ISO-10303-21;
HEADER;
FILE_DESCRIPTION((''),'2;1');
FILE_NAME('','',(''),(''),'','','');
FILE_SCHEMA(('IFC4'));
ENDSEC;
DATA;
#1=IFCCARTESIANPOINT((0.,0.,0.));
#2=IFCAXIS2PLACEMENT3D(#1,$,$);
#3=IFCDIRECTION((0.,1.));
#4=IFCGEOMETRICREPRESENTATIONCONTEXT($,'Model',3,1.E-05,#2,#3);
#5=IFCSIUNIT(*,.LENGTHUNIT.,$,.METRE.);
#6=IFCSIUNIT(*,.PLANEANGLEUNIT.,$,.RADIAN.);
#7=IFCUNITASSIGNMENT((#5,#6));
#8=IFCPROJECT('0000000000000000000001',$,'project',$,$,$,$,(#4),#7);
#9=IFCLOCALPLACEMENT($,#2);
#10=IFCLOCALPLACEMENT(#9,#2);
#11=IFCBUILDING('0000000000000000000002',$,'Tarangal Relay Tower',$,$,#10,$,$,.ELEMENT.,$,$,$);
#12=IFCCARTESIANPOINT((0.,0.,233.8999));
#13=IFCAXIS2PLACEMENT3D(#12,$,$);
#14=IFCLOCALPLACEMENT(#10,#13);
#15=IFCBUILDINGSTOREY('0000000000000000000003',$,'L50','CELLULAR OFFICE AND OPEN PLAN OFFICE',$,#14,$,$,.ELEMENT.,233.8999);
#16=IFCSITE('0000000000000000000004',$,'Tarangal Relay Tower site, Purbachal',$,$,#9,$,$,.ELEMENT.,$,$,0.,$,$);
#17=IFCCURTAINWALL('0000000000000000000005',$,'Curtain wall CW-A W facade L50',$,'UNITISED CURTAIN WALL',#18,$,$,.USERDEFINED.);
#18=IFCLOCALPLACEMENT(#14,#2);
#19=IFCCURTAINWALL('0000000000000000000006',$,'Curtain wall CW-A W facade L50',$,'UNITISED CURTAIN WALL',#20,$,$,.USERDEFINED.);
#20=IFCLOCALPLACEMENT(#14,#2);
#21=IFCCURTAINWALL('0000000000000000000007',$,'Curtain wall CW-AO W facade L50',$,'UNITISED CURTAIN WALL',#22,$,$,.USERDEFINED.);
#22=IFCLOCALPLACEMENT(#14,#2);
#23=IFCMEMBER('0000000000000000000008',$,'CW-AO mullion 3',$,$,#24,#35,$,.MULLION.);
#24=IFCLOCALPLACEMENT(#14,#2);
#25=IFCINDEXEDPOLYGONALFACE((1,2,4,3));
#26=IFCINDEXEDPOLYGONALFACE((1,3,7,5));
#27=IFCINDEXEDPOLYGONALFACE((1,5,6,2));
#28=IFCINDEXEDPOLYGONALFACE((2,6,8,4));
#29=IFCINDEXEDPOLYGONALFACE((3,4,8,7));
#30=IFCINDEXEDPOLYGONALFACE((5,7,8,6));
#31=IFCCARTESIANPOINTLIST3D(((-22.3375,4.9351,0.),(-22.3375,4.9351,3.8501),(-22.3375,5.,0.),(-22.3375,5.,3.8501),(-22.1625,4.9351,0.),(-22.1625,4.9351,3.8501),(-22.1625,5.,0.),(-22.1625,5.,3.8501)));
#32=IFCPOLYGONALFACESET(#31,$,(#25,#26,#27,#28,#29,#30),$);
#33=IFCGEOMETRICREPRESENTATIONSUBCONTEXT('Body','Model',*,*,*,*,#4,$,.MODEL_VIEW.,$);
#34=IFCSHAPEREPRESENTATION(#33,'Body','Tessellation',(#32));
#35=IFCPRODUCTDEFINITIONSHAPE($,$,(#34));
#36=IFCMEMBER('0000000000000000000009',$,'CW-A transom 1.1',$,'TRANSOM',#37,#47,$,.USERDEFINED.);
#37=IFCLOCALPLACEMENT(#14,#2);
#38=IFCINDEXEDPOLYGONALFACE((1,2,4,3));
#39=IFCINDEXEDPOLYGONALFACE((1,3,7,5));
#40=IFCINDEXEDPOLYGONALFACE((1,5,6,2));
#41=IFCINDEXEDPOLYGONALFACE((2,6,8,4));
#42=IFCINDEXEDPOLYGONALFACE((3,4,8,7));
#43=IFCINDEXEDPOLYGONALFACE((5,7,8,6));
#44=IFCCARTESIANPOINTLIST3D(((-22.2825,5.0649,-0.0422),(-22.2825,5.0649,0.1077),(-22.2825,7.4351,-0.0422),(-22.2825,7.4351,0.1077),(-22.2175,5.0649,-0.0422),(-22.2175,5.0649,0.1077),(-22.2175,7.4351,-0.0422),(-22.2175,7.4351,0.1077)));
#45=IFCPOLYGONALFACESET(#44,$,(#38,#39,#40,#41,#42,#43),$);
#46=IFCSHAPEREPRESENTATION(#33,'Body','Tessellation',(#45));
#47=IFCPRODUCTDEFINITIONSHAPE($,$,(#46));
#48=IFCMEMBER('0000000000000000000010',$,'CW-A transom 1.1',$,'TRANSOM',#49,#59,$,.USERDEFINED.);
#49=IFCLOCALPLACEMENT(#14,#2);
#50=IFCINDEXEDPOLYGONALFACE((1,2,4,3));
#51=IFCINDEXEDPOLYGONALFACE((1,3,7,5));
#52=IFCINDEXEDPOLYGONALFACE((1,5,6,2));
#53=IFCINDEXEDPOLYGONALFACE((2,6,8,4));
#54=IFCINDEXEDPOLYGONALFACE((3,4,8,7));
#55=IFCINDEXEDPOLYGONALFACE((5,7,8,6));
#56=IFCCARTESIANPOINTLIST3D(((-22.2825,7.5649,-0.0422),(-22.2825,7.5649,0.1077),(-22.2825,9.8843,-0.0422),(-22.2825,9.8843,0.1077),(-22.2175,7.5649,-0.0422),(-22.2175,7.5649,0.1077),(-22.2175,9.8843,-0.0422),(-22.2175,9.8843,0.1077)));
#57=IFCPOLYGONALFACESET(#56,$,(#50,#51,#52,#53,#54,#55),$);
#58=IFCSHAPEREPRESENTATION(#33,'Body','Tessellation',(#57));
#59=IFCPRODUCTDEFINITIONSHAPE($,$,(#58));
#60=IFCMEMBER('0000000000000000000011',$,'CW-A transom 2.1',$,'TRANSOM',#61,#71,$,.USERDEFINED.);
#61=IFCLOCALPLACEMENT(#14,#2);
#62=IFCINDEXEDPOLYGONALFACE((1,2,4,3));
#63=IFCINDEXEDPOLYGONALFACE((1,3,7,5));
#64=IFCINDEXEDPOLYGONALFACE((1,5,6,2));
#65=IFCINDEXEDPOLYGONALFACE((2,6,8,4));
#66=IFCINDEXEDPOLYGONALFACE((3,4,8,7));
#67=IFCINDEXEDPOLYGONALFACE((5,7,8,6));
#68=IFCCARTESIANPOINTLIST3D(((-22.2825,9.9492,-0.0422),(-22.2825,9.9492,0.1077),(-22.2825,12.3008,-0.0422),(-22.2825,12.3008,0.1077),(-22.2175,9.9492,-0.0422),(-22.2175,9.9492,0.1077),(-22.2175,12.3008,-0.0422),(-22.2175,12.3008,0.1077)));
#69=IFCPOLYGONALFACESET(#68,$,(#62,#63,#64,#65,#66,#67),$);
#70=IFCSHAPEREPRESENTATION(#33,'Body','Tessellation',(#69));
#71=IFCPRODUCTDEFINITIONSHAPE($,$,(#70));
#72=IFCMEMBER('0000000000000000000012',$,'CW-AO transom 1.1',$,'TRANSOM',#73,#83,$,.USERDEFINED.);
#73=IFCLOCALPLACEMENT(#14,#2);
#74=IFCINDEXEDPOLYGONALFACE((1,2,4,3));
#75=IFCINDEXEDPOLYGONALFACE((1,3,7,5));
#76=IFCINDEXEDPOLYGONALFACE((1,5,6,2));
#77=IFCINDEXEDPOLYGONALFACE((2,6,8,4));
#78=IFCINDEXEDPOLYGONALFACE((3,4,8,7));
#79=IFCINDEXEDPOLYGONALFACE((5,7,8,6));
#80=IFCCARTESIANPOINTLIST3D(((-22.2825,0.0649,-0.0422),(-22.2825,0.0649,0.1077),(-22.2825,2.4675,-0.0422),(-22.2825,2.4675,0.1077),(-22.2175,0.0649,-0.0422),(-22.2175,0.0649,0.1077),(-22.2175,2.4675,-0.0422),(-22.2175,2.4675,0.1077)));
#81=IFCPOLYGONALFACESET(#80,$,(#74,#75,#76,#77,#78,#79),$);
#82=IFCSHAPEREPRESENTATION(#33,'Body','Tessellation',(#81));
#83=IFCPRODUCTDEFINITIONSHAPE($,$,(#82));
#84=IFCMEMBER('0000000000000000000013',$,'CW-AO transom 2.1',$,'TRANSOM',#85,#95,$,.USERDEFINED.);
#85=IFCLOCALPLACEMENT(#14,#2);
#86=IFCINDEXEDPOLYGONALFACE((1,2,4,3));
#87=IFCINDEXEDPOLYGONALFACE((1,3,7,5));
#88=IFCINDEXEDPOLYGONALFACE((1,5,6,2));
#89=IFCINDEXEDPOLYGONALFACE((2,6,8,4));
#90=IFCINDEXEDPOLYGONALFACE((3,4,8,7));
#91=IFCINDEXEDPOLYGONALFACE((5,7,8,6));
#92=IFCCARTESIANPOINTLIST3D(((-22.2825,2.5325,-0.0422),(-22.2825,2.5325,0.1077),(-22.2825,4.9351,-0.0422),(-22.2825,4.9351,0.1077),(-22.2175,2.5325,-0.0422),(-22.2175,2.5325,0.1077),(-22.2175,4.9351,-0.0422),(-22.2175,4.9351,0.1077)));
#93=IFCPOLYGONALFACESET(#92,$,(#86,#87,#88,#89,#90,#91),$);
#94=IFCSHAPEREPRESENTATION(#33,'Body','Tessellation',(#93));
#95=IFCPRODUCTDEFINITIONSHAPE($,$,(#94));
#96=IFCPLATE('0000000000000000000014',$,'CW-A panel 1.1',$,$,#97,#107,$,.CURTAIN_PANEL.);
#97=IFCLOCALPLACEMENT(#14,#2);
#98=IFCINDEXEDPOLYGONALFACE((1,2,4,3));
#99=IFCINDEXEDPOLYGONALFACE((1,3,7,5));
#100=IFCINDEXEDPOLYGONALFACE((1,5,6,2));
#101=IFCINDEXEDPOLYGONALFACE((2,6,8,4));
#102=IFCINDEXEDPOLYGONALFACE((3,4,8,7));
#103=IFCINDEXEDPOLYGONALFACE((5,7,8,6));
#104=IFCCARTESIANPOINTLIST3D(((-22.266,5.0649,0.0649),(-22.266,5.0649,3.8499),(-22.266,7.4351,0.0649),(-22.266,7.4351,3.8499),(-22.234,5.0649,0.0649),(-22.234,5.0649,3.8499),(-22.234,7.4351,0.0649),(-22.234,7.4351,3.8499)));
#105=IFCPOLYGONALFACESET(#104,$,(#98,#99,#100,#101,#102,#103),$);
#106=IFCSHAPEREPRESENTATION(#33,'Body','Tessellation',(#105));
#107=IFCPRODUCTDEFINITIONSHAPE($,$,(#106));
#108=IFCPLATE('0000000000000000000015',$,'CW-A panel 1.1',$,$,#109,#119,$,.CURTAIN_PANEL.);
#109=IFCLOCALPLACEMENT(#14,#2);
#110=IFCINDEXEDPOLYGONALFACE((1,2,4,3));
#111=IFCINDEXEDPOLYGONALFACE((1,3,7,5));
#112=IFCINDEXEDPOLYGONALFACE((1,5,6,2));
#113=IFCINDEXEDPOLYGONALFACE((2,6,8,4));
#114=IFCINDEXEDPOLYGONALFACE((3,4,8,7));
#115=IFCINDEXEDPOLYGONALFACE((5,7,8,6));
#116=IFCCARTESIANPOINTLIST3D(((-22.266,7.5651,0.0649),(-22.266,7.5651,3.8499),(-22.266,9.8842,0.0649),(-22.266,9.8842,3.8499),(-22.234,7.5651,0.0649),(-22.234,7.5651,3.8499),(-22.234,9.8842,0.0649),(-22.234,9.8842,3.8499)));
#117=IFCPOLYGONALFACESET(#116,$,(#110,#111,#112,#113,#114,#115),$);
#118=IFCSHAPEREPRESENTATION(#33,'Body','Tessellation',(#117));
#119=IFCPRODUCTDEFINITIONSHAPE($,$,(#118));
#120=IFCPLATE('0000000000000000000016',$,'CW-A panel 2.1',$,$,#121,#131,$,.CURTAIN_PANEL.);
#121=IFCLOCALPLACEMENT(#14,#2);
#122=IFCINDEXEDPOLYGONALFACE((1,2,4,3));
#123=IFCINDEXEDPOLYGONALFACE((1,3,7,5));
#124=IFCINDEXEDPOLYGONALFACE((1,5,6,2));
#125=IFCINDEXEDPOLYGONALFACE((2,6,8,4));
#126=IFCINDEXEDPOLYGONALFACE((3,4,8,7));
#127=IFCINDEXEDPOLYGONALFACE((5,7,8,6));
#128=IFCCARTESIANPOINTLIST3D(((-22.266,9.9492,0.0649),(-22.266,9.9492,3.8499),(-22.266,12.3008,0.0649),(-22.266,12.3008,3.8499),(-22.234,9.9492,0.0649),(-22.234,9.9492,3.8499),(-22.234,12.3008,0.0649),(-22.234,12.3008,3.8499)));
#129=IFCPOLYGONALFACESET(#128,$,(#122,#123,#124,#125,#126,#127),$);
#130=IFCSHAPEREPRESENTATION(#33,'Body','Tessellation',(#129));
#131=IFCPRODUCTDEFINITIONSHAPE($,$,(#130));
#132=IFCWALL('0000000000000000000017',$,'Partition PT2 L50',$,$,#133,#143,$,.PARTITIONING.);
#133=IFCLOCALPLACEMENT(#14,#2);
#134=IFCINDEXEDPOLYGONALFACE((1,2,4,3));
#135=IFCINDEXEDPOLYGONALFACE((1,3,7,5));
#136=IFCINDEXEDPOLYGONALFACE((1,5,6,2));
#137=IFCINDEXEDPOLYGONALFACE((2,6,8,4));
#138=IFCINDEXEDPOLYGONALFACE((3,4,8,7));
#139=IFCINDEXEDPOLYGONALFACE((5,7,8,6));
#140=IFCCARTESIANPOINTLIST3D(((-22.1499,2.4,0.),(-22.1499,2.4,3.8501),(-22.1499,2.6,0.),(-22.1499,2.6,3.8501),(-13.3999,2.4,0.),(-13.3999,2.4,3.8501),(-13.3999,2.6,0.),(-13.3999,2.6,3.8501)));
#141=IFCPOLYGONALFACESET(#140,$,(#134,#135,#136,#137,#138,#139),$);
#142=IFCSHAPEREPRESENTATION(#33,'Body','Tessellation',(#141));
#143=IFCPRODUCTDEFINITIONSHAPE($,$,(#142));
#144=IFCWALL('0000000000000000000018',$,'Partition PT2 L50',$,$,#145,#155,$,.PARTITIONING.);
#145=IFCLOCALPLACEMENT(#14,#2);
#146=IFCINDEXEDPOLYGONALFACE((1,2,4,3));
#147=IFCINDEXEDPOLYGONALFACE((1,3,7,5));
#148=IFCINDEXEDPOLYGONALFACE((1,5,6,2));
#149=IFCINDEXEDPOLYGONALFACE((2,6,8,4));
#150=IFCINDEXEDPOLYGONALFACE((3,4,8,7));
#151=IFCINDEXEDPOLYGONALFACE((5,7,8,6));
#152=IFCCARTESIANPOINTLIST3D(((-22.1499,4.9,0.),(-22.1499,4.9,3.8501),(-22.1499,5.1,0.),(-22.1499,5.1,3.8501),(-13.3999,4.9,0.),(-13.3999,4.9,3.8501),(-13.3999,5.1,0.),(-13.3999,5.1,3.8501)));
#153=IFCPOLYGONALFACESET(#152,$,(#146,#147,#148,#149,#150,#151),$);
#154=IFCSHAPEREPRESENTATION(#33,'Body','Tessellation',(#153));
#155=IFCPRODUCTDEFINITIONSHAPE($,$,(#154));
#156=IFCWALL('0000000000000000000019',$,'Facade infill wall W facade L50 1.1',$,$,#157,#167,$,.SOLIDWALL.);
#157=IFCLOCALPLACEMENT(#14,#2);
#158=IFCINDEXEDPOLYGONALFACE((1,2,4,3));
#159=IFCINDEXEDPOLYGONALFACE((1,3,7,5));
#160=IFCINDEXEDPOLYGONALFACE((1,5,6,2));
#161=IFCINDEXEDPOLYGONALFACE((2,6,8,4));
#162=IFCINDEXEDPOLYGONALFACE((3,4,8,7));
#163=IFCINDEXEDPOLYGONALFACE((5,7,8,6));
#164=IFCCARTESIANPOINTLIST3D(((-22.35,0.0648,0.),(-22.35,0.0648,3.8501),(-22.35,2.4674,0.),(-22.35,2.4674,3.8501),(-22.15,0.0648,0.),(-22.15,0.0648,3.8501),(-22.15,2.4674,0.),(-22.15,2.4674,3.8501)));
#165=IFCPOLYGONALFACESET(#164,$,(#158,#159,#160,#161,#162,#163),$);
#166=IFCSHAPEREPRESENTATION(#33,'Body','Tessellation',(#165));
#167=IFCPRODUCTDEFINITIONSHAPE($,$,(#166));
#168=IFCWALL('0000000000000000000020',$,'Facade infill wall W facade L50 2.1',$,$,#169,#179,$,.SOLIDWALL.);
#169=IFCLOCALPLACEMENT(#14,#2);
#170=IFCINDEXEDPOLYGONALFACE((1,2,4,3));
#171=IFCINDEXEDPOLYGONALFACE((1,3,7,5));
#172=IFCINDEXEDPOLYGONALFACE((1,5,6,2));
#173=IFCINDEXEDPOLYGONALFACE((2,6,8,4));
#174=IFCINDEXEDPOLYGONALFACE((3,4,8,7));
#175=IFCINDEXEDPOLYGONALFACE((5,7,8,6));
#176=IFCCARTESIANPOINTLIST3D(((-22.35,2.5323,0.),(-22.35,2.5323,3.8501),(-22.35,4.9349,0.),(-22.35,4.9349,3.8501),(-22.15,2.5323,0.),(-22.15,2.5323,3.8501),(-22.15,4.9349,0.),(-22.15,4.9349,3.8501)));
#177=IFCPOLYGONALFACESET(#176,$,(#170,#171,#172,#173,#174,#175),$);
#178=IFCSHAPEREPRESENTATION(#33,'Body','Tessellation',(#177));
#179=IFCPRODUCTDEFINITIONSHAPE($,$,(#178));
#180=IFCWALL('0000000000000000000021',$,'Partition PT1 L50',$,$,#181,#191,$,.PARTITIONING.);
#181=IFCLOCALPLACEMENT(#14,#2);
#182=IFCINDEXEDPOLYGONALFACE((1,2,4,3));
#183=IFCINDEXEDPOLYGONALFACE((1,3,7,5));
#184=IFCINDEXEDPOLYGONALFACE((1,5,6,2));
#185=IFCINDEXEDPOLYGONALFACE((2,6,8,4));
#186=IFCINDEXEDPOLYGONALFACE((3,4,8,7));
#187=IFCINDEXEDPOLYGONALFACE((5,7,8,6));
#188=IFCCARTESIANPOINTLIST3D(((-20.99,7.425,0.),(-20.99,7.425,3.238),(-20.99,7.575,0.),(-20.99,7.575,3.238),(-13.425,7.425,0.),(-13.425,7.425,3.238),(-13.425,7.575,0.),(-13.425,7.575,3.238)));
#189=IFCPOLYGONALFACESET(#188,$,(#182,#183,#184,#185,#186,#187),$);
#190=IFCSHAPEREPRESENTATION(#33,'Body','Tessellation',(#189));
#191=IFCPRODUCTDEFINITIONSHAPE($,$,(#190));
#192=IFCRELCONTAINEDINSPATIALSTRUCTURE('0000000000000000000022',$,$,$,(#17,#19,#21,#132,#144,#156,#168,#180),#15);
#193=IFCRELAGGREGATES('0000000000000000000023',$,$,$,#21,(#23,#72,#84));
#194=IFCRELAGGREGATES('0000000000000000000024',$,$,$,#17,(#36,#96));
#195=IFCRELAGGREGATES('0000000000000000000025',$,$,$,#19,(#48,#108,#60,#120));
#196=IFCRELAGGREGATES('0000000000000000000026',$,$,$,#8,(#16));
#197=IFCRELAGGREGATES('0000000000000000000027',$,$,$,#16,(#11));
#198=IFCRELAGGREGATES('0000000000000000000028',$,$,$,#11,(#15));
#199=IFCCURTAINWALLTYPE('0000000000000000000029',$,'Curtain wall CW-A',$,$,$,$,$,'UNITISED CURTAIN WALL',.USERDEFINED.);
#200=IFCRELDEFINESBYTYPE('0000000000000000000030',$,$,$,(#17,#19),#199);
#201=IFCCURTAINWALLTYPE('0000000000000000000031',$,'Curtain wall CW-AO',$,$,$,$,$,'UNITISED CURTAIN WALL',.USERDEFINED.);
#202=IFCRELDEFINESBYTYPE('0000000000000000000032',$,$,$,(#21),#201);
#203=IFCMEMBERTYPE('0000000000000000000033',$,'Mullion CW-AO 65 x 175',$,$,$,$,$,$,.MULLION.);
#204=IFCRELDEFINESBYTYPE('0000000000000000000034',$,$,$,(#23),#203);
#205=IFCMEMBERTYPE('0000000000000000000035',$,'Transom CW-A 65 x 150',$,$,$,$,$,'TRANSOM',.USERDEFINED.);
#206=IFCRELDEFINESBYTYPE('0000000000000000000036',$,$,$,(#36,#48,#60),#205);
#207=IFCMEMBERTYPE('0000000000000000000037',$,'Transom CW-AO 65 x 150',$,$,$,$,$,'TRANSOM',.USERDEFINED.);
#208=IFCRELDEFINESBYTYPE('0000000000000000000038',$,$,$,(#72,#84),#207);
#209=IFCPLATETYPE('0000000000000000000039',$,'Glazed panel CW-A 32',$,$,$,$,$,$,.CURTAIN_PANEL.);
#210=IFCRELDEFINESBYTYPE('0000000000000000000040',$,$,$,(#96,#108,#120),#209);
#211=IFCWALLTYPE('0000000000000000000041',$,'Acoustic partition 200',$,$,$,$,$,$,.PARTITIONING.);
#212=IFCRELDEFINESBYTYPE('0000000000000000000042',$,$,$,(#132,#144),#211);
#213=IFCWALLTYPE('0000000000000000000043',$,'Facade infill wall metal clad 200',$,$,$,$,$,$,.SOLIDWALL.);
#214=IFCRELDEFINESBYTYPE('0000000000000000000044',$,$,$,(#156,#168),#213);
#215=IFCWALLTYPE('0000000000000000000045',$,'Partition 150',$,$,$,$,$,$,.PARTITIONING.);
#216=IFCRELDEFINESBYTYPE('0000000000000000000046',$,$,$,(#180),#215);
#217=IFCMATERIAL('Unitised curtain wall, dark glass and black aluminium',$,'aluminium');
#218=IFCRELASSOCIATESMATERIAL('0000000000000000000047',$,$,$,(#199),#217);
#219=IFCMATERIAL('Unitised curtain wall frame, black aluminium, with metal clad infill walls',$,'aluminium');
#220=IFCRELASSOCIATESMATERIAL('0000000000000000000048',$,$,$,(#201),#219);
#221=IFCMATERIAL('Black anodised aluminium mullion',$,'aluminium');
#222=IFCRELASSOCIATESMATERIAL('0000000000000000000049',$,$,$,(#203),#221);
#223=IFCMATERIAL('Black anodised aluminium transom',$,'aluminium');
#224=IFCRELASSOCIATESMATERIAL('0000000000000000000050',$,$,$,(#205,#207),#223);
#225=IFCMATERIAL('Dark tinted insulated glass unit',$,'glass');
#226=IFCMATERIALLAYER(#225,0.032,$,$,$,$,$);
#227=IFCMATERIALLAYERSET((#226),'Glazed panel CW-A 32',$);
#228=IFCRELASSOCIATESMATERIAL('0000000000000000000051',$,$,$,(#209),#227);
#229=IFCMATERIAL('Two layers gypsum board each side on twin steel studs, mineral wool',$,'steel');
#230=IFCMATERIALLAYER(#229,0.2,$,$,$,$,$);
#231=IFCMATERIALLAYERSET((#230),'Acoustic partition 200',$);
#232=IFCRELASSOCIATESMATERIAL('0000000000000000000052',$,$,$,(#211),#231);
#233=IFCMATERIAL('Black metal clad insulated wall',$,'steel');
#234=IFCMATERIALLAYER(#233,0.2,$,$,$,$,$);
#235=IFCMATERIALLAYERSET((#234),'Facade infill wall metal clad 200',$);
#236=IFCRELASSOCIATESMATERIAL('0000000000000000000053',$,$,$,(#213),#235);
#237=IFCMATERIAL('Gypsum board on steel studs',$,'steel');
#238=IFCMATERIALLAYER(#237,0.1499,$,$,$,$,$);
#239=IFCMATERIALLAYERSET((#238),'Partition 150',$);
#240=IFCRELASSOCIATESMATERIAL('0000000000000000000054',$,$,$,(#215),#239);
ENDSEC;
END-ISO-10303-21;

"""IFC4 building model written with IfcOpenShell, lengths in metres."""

from ifc_helpers import new_model, si_unit, direction, frame, frame_2d, origin, origin_2d, place, context, subcontext, project, spatial, rectangle, extrude, material, layer, layer_set, material_profile, profile_set, type_object, element, aggregate, save


model = new_model("IFC4")

# Units and contexts
model_context = context("Model", 3, precision=1e-05, world=origin(), true_north=direction((0.0, 1.0)))
body_context = subcontext(model_context, "Body", "Model", "MODEL_VIEW")
ifc_project = project(units=[si_unit("LENGTHUNIT", "METRE"), si_unit("PLANEANGLEUNIT", "RADIAN")], contexts=[model_context])

# Site, building, storey
site_placement = place(None, origin())
site = spatial("IfcSite", under=ifc_project, at=site_placement, Name="Tarangal Relay Tower site, Purbachal", CompositionType="ELEMENT", RefElevation=0.0)
building_placement = place(site_placement, origin())
building = spatial("IfcBuilding", under=site, at=building_placement, Name="Tarangal Relay Tower", CompositionType="ELEMENT")
storey_placement = place(building_placement, frame((0.0, 0.0, 233.8999)))
storey = spatial("IfcBuildingStorey", under=building, at=storey_placement, Name="L50", Description="CELLULAR OFFICE AND OPEN PLAN OFFICE", CompositionType="ELEMENT", Elevation=233.8999)

# Curtain walls, member
ifc_material_1 = material(Name="Unitised curtain wall, dark glass and black aluminium", Category="aluminium")
curtain_wall_type_1 = type_object("IfcCurtainWallType", Name="Curtain wall CW-A", ElementType="UNITISED CURTAIN WALL", PredefinedType="USERDEFINED", material=ifc_material_1)
curtain_wall_1_placement = place(storey_placement, origin())
curtain_wall_1 = element("IfcCurtainWall", 1, at=curtain_wall_1_placement, inside=storey, type_object=curtain_wall_type_1, Name="Curtain wall CW-A W facade L50", ObjectType="UNITISED CURTAIN WALL", PredefinedType="USERDEFINED")
ifc_material_2 = material(Name="Black anodised aluminium mullion", Category="aluminium")
curtain_wall_2_placement = place(storey_placement, origin())
curtain_wall_2 = element("IfcCurtainWall", 2, at=curtain_wall_2_placement, inside=storey, type_object=curtain_wall_type_1, Name="Curtain wall CW-A W facade L50", ObjectType="UNITISED CURTAIN WALL", PredefinedType="USERDEFINED")
ifc_material_3 = material(Name="Unitised curtain wall frame, black aluminium, with metal clad infill walls", Category="aluminium")
curtain_wall_type_2 = type_object("IfcCurtainWallType", Name="Curtain wall CW-AO", ElementType="UNITISED CURTAIN WALL", PredefinedType="USERDEFINED", material=ifc_material_3)
curtain_wall_3_placement = place(storey_placement, origin())
curtain_wall_3 = element("IfcCurtainWall", 3, at=curtain_wall_3_placement, inside=storey, type_object=curtain_wall_type_2, Name="Curtain wall CW-AO W facade L50", ObjectType="UNITISED CURTAIN WALL", PredefinedType="USERDEFINED")
ifc_material_profile_1 = material_profile(ifc_material_2, rectangle(XDim=0.175, YDim=0.0649, at=origin_2d()), Name="CW-AOM 65X175")
ifc_profile_set_1 = profile_set([ifc_material_profile_1], Name="Black anodised aluminium mullion")
member_type_1 = type_object("IfcMemberType", Name="Mullion CW-AO 65 x 175", PredefinedType="MULLION", material=ifc_profile_set_1)
member_1_placement = place(storey_placement, frame((-22.25, 4.9675, 0.0), z_axis=(0.0, 0.0, 1.0), x_axis=(-1.0, 0.0, 0.0)))
member_1 = element("IfcMember", 4, at=member_1_placement, type_object=member_type_1, Name="CW-AO mullion 3", PredefinedType="MULLION", context=body_context, shape_type="SweptSolid", body=[
    extrude(rectangle(XDim=0.175, YDim=0.0649, at=origin_2d()), origin(), (0.0, 0.0, 1.0), 3.8501),
])

# Members
ifc_material_4 = material(Name="Black anodised aluminium transom", Category="aluminium")
ifc_material_profile_2 = material_profile(ifc_material_4, rectangle(XDim=0.0649, YDim=0.1499, at=origin_2d()), Name="CW-AT 65X150")
ifc_profile_set_2 = profile_set([ifc_material_profile_2], Name="Black anodised aluminium transom")
member_type_2 = type_object("IfcMemberType", Name="Transom CW-A 65 x 150", ElementType="TRANSOM", PredefinedType="USERDEFINED", material=ifc_profile_set_2)
member_2_placement = place(storey_placement, frame((-22.25, 5.0649, 0.0327), z_axis=(0.0, 1.0, 0.0), x_axis=(-1.0, 0.0, 0.0)))
member_2 = element("IfcMember", 5, at=member_2_placement, type_object=member_type_2, Name="CW-A transom 1.1", ObjectType="TRANSOM", PredefinedType="USERDEFINED", context=body_context, shape_type="SweptSolid", body=[
    extrude(rectangle(XDim=0.0649, YDim=0.1499, at=origin_2d()), origin(), (0.0, 0.0, 1.0), 2.3701),
])
member_3_placement = place(storey_placement, frame((-22.25, 7.5649, 0.0327), z_axis=(0.0, 1.0, 0.0), x_axis=(-1.0, 0.0, 0.0)))
member_3 = element("IfcMember", 6, at=member_3_placement, type_object=member_type_2, Name="CW-A transom 1.1", ObjectType="TRANSOM", PredefinedType="USERDEFINED", context=body_context, shape_type="SweptSolid", body=[
    extrude(rectangle(XDim=0.0649, YDim=0.1499, at=origin_2d()), origin(), (0.0, 0.0, 1.0), 2.3193),
])
member_4_placement = place(storey_placement, frame((-22.25, 9.9492, 0.0327), z_axis=(0.0, 1.0, 0.0), x_axis=(-1.0, 0.0, 0.0)))
member_4 = element("IfcMember", 7, at=member_4_placement, type_object=member_type_2, Name="CW-A transom 2.1", ObjectType="TRANSOM", PredefinedType="USERDEFINED", context=body_context, shape_type="SweptSolid", body=[
    extrude(rectangle(XDim=0.0649, YDim=0.1499, at=origin_2d()), origin(), (0.0, 0.0, 1.0), 2.3516),
])
ifc_material_profile_3 = material_profile(ifc_material_4, rectangle(XDim=0.0649, YDim=0.1499, at=origin_2d()), Name="CW-AOT 65X150")
ifc_profile_set_3 = profile_set([ifc_material_profile_3], Name="Black anodised aluminium transom")
member_type_3 = type_object("IfcMemberType", Name="Transom CW-AO 65 x 150", ElementType="TRANSOM", PredefinedType="USERDEFINED", material=ifc_profile_set_3)
member_5_placement = place(storey_placement, frame((-22.25, 0.0649, 0.0327), z_axis=(0.0, 1.0, 0.0), x_axis=(-1.0, 0.0, 0.0)))
member_5 = element("IfcMember", 8, at=member_5_placement, type_object=member_type_3, Name="CW-AO transom 1.1", ObjectType="TRANSOM", PredefinedType="USERDEFINED", context=body_context, shape_type="SweptSolid", body=[
    extrude(rectangle(XDim=0.0649, YDim=0.1499, at=origin_2d()), origin(), (0.0, 0.0, 1.0), 2.4026),
])
member_6_placement = place(storey_placement, frame((-22.25, 2.5325, 0.0327), z_axis=(0.0, 1.0, 0.0), x_axis=(-1.0, 0.0, 0.0)))
member_6 = element("IfcMember", 9, at=member_6_placement, type_object=member_type_3, Name="CW-AO transom 2.1", ObjectType="TRANSOM", PredefinedType="USERDEFINED", context=body_context, shape_type="SweptSolid", body=[
    extrude(rectangle(XDim=0.0649, YDim=0.1499, at=origin_2d()), origin(), (0.0, 0.0, 1.0), 2.4026),
])
aggregate(curtain_wall_3, [member_1, member_5, member_6])

# Plates
ifc_material_5 = material(Name="Dark tinted insulated glass unit", Category="glass")
ifc_layer_1 = layer(ifc_material_5, 0.032)
ifc_layer_set_1 = layer_set([ifc_layer_1], Name="Glazed panel CW-A 32")
plate_type = type_object("IfcPlateType", Name="Glazed panel CW-A 32", PredefinedType="CURTAIN_PANEL", material=ifc_layer_set_1)
plate_1_placement = place(storey_placement, frame((-22.25, 6.25, 0.0649), z_axis=(0.0, 0.0, 1.0), x_axis=(0.0, 1.0, 0.0)))
plate_1 = element("IfcPlate", 10, at=plate_1_placement, type_object=plate_type, Name="CW-A panel 1.1", PredefinedType="CURTAIN_PANEL", context=body_context, shape_type="SweptSolid", body=[
    extrude(rectangle(XDim=2.3701, YDim=0.032, at=origin_2d()), origin(), (0.0, 0.0, 1.0), 3.7849),
])
aggregate(curtain_wall_1, [member_2, plate_1])
plate_2_placement = place(storey_placement, frame((-22.25, 8.7246, 0.0649), z_axis=(0.0, 0.0, 1.0), x_axis=(0.0, 1.0, 0.0)))
plate_2 = element("IfcPlate", 11, at=plate_2_placement, type_object=plate_type, Name="CW-A panel 1.1", PredefinedType="CURTAIN_PANEL", context=body_context, shape_type="SweptSolid", body=[
    extrude(rectangle(XDim=2.3191, YDim=0.032, at=origin_2d()), origin(), (0.0, 0.0, 1.0), 3.7849),
])
plate_3_placement = place(storey_placement, frame((-22.25, 11.125, 0.0649), z_axis=(0.0, 0.0, 1.0), x_axis=(0.0, 1.0, 0.0)))
plate_3 = element("IfcPlate", 12, at=plate_3_placement, type_object=plate_type, Name="CW-A panel 2.1", PredefinedType="CURTAIN_PANEL", context=body_context, shape_type="SweptSolid", body=[
    extrude(rectangle(XDim=2.3516, YDim=0.032, at=origin_2d()), origin(), (0.0, 0.0, 1.0), 3.7849),
])
aggregate(curtain_wall_2, [member_3, plate_2, member_4, plate_3])

# Walls
ifc_material_6 = material(Name="Two layers gypsum board each side on twin steel studs, mineral wool", Category="steel")
ifc_layer_2 = layer(ifc_material_6, 0.2)
ifc_layer_set_2 = layer_set([ifc_layer_2], Name="Acoustic partition 200")
wall_type_1 = type_object("IfcWallType", Name="Acoustic partition 200", PredefinedType="PARTITIONING", material=ifc_layer_set_2)
for number, where, z_axis, x_axis, name in (
    (13, (-22.1499, 2.5, 0.0), (0.0, 0.0, 1.0), (1.0, 0.0, 0.0), "Partition PT2 L50"),
    (14, (-22.1499, 5.0, 0.0), (0.0, 0.0, 1.0), (1.0, 0.0, 0.0), "Partition PT2 L50"),
):
    element("IfcWall", number, at=place(storey_placement, frame(where, z_axis=z_axis, x_axis=x_axis)), inside=storey, type_object=wall_type_1, Name=name, PredefinedType="PARTITIONING", context=body_context, shape_type="SweptSolid", body=[
        extrude(rectangle(XDim=8.75, YDim=0.2, at=frame_2d((4.375, 0.0))), origin(), (0.0, 0.0, 1.0), 3.8501),
    ])

# Walls
ifc_material_7 = material(Name="Black metal clad insulated wall", Category="steel")
ifc_layer_3 = layer(ifc_material_7, 0.2)
ifc_layer_set_3 = layer_set([ifc_layer_3], Name="Facade infill wall metal clad 200")
wall_type_2 = type_object("IfcWallType", Name="Facade infill wall metal clad 200", PredefinedType="SOLIDWALL", material=ifc_layer_set_3)
for number, where, z_axis, x_axis, name in (
    (15, (-22.25, 0.0649, 0.0), (0.0, 0.0, 1.0), (0.0, 1.0, 0.0), "Facade infill wall W facade L50 1.1"),
    (16, (-22.25, 2.5325, 0.0), (0.0, 0.0, 1.0), (0.0, 1.0, 0.0), "Facade infill wall W facade L50 2.1"),
):
    element("IfcWall", number, at=place(storey_placement, frame(where, z_axis=z_axis, x_axis=x_axis)), inside=storey, type_object=wall_type_2, Name=name, PredefinedType="SOLIDWALL", context=body_context, shape_type="SweptSolid", body=[
        extrude(rectangle(XDim=2.4026, YDim=0.2, at=frame_2d((1.2012, 0.0))), origin(), (0.0, 0.0, 1.0), 3.8501),
    ])
ifc_material_8 = material(Name="Gypsum board on steel studs", Category="steel")
ifc_layer_4 = layer(ifc_material_8, 0.1499)
ifc_layer_set_4 = layer_set([ifc_layer_4], Name="Partition 150")
wall_type_3 = type_object("IfcWallType", Name="Partition 150", PredefinedType="PARTITIONING", material=ifc_layer_set_4)
wall_1_placement = place(storey_placement, frame((-20.99, 7.5, 0.0), z_axis=(0.0, 0.0, 1.0), x_axis=(1.0, 0.0, 0.0)))
element("IfcWall", 17, at=wall_1_placement, inside=storey, type_object=wall_type_3, Name="Partition PT1 L50", PredefinedType="PARTITIONING", context=body_context, shape_type="SweptSolid", body=[
    extrude(rectangle(XDim=7.5649, YDim=0.1499, at=frame_2d((3.7825, 0.0))), origin(), (0.0, 0.0, 1.0), 3.238),
])

save(model, "model.ifc")
